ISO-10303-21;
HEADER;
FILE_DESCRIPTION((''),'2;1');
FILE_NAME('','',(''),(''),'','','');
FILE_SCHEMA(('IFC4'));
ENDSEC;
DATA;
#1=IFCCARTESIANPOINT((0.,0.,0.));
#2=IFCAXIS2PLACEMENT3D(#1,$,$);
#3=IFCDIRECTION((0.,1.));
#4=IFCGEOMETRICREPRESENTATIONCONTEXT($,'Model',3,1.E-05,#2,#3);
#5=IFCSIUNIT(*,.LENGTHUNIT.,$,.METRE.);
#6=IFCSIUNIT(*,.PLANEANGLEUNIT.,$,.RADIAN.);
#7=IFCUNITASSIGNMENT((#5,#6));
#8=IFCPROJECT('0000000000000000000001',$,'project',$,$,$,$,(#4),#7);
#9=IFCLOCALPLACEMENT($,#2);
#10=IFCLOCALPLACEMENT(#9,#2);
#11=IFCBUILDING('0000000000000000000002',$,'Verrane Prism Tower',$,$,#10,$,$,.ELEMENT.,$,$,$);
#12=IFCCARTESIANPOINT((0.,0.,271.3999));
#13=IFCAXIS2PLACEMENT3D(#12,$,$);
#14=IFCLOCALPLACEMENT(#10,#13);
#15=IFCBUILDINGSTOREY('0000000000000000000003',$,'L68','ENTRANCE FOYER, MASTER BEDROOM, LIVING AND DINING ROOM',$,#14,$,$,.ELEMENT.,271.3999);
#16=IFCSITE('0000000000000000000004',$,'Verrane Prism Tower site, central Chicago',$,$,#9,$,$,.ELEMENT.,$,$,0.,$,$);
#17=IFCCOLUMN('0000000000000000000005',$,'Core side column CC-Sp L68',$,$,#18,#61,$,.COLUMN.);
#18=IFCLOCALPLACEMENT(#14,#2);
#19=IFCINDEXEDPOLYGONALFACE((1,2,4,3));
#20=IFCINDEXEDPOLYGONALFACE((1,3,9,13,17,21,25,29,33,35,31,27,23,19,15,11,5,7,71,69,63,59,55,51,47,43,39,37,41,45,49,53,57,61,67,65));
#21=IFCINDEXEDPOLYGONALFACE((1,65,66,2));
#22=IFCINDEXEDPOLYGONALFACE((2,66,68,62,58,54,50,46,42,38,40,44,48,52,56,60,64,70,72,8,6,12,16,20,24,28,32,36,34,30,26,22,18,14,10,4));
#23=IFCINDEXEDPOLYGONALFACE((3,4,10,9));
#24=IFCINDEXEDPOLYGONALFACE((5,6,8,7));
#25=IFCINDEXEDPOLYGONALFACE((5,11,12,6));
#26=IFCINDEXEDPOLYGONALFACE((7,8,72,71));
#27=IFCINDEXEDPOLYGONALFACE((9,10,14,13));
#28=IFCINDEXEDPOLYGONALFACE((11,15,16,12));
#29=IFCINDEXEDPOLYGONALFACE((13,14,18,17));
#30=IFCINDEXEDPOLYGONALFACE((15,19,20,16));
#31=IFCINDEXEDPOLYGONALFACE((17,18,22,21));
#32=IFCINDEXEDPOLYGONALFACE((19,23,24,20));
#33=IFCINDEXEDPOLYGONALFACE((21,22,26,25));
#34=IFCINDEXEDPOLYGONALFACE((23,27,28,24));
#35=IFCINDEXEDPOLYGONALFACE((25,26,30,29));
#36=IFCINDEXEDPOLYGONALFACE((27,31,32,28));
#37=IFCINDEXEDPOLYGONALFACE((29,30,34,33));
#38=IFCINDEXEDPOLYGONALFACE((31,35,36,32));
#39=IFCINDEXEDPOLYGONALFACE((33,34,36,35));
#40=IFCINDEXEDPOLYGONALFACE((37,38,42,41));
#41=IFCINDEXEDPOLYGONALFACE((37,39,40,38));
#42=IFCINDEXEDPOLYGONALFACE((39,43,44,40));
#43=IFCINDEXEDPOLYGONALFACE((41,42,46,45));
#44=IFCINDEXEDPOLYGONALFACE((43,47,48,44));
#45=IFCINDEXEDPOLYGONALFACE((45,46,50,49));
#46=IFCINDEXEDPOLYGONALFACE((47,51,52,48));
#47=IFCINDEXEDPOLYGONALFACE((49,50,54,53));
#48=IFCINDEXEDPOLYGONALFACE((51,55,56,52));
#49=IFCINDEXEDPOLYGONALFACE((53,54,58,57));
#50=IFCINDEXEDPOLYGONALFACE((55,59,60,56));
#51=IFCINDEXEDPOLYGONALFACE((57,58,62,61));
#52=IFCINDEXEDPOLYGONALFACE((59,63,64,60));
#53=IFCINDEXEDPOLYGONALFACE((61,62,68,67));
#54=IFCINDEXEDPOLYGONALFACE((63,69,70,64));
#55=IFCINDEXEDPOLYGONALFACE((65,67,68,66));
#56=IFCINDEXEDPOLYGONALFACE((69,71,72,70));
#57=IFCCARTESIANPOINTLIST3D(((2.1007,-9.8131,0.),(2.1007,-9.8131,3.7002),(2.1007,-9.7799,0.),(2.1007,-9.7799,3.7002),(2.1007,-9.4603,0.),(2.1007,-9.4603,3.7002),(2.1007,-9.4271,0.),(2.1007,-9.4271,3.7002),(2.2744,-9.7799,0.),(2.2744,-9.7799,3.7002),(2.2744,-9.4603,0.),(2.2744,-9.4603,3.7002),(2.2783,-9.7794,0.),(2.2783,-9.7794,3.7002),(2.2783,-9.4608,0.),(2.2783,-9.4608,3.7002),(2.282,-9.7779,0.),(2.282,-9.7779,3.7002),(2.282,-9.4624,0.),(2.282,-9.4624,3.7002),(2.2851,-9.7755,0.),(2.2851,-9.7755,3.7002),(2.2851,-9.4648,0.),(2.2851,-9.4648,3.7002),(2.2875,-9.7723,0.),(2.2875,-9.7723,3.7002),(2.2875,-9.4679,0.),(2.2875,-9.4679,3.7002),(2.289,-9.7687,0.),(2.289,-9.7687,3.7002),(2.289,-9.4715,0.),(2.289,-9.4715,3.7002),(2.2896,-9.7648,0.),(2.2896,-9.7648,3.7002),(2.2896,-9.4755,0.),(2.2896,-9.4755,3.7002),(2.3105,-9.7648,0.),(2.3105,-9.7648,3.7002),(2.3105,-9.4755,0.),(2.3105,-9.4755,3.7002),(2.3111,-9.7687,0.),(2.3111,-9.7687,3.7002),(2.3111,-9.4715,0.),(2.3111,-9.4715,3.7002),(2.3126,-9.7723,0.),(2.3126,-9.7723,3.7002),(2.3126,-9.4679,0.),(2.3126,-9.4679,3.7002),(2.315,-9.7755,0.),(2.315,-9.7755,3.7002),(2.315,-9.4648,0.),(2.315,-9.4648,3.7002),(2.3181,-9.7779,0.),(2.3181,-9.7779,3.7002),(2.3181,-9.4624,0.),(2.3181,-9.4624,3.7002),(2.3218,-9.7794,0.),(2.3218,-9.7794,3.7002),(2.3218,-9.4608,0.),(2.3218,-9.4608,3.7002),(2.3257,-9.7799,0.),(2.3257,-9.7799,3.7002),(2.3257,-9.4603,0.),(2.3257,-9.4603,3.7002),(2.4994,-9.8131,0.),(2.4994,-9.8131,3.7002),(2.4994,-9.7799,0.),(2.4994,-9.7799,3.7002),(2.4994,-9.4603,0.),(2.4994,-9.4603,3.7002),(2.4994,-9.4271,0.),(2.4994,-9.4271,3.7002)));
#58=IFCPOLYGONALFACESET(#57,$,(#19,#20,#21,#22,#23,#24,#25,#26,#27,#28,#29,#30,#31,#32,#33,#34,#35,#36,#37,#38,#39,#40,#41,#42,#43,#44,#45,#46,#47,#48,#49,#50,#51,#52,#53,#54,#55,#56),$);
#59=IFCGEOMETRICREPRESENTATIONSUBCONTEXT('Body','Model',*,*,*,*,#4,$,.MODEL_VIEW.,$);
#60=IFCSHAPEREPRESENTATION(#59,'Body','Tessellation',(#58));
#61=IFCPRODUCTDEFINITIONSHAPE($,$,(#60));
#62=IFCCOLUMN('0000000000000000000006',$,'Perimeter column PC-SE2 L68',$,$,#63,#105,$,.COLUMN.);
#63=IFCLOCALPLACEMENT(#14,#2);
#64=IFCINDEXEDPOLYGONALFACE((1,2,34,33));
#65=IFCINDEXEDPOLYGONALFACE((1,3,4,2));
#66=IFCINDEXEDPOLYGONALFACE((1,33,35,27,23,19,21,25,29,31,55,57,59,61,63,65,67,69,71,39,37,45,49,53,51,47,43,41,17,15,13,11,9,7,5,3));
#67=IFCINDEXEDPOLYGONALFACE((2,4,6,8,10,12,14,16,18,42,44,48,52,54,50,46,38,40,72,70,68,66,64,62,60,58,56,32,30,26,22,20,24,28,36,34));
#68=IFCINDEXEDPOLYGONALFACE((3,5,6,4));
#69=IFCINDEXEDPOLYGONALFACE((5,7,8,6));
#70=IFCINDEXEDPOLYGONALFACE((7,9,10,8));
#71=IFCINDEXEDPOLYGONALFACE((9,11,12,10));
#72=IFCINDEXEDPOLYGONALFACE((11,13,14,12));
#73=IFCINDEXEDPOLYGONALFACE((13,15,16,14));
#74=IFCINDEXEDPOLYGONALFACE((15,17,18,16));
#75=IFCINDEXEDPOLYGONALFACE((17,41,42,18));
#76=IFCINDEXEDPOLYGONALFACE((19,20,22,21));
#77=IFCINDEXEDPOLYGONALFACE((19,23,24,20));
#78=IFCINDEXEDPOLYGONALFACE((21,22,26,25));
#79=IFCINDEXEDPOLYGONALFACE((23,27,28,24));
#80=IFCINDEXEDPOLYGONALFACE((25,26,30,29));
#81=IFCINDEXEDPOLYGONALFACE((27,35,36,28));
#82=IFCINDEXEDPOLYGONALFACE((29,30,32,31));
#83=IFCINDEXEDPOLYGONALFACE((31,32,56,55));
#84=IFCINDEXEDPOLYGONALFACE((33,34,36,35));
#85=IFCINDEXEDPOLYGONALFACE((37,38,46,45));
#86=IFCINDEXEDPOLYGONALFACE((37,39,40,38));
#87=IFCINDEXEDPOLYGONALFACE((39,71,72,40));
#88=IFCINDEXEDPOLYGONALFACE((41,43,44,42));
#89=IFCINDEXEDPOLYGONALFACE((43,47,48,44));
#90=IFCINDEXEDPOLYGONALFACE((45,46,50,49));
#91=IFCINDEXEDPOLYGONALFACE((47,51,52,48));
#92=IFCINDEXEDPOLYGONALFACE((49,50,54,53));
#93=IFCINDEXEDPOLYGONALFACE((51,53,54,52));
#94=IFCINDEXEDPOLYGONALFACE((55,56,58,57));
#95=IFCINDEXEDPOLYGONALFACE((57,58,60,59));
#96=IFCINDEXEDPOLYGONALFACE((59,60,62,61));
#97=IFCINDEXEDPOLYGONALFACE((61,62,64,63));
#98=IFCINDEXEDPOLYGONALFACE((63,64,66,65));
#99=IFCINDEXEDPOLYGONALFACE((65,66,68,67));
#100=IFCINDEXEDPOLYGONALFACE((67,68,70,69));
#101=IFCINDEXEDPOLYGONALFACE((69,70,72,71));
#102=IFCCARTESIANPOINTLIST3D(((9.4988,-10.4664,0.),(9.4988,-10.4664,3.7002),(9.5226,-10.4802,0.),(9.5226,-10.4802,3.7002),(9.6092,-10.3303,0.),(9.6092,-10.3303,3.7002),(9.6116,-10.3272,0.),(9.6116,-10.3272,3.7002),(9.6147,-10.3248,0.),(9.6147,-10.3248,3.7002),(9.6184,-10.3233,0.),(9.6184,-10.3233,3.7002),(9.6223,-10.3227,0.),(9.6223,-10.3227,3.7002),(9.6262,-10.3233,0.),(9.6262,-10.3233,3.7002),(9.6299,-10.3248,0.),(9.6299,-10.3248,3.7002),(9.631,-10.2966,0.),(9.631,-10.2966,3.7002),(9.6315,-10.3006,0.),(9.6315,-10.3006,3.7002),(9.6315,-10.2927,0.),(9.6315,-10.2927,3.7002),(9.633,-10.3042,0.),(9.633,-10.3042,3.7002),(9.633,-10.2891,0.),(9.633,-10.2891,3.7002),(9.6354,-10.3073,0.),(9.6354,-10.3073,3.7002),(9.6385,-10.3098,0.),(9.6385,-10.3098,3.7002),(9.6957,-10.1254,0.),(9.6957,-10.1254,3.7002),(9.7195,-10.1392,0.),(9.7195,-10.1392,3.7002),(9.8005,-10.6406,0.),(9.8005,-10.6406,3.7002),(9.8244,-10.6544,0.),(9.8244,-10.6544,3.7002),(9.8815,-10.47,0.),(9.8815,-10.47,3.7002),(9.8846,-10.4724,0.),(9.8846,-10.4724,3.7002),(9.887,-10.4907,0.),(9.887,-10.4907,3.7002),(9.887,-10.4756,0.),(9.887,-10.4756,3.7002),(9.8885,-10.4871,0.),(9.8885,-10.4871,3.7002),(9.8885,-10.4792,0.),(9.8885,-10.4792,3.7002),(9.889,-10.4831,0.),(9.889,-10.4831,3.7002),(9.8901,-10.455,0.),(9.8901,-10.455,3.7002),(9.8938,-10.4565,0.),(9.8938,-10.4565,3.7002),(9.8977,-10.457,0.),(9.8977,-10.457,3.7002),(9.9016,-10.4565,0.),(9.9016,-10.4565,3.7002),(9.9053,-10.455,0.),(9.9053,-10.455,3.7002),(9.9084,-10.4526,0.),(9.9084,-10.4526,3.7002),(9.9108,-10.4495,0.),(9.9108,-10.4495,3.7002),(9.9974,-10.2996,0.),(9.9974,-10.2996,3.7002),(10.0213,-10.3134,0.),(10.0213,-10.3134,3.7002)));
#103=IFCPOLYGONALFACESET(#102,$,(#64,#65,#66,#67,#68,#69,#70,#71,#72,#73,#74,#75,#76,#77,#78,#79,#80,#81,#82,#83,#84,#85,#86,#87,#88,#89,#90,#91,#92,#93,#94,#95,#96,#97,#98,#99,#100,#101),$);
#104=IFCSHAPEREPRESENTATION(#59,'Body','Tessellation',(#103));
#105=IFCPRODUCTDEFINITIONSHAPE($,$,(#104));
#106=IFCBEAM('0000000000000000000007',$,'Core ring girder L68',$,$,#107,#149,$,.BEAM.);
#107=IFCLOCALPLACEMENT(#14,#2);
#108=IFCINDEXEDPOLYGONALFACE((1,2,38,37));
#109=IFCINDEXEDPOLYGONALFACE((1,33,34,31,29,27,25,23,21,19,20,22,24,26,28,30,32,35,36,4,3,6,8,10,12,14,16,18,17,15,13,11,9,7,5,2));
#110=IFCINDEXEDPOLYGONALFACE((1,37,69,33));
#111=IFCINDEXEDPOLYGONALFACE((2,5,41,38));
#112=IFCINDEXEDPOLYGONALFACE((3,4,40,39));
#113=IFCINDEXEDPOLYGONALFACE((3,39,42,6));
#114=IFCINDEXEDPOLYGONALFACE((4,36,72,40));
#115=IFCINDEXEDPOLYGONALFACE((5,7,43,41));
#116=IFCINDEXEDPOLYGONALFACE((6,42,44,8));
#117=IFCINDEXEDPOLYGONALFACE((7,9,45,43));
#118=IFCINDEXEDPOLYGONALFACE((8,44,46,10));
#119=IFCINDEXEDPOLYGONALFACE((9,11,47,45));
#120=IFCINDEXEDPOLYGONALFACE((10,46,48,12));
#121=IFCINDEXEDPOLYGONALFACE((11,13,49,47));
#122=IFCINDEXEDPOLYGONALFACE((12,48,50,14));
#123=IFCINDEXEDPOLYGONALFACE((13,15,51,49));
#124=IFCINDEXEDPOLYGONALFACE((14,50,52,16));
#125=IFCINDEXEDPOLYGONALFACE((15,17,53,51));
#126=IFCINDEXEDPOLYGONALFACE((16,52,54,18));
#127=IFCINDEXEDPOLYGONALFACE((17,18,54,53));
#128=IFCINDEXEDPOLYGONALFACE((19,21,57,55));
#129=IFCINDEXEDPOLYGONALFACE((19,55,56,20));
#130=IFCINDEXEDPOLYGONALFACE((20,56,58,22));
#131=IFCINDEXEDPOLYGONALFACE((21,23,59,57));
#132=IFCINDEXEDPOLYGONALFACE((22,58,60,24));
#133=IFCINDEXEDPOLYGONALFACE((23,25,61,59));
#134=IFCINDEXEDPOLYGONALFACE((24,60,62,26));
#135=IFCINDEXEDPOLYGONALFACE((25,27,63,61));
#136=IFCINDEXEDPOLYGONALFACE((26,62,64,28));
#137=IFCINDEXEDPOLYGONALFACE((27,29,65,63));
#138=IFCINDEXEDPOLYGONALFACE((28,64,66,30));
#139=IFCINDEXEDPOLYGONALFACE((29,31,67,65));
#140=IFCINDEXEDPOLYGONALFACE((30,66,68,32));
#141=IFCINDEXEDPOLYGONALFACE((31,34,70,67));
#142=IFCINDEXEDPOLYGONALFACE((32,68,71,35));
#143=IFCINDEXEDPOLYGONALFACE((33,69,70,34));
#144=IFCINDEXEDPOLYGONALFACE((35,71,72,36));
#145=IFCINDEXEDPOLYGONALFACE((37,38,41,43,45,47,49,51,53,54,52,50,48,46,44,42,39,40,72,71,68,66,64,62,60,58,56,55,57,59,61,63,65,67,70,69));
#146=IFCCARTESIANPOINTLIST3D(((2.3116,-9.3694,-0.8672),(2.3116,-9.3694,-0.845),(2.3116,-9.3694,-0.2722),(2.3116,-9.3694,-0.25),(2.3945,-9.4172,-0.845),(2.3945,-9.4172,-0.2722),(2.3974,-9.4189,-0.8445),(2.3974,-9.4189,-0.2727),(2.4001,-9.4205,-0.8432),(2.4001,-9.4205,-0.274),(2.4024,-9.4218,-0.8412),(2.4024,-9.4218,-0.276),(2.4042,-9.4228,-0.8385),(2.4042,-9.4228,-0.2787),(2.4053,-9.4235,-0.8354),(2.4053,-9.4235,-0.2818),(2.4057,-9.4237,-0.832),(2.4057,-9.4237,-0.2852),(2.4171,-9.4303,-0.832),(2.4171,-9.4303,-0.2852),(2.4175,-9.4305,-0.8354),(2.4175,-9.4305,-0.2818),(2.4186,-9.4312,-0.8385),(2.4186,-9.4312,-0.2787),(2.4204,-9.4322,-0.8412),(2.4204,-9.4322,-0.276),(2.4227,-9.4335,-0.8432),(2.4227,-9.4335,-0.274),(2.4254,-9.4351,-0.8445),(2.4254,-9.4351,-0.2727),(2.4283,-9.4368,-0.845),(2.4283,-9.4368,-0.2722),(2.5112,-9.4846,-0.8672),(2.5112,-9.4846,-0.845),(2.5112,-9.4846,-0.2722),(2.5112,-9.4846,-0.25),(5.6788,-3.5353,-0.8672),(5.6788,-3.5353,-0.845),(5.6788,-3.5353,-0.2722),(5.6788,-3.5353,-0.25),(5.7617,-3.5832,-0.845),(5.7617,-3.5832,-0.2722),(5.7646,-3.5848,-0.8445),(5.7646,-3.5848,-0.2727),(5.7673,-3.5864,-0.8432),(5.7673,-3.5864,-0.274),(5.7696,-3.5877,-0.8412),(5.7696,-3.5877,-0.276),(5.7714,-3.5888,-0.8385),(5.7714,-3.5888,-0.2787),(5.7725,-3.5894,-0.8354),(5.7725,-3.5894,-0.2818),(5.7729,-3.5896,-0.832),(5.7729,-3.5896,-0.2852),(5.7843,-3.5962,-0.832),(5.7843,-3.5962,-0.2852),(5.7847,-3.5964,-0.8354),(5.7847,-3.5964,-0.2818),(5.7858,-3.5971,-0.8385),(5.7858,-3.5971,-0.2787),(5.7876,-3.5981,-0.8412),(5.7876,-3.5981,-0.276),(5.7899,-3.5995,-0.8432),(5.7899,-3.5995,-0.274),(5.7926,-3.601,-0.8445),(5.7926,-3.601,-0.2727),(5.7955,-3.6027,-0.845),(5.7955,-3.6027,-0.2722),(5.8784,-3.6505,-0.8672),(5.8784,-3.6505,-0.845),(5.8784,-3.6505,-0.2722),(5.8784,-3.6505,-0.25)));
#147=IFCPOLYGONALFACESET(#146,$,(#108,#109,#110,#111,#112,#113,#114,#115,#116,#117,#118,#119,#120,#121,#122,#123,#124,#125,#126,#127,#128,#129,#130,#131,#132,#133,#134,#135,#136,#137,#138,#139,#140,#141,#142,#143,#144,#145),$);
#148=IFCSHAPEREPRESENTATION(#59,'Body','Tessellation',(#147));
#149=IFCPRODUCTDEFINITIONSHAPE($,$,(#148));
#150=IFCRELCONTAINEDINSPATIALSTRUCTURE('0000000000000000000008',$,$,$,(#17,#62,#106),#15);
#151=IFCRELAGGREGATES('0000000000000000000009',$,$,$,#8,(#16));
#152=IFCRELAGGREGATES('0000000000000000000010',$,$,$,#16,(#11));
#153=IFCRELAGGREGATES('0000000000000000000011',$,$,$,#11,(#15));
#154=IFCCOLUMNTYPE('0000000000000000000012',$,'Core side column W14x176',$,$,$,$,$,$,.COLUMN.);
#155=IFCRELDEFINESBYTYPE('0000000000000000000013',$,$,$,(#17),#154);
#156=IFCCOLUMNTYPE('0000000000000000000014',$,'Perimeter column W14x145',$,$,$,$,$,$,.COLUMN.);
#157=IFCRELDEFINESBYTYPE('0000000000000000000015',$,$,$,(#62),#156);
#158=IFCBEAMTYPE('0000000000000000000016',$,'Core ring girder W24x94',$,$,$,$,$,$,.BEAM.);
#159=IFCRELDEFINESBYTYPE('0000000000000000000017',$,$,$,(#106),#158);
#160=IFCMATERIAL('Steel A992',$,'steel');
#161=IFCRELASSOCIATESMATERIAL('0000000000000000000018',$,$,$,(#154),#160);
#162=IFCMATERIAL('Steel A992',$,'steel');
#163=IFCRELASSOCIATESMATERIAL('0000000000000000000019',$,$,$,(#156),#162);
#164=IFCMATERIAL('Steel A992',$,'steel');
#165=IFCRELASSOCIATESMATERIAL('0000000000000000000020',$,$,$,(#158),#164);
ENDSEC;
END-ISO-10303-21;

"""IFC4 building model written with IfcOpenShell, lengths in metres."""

from ifc_helpers import new_model, si_unit, direction, frame, origin, origin_2d, place, context, subcontext, project, spatial, i_section, extrude, material, material_profile, profile_set, type_object, element, save


model = new_model("IFC4")

# Units and contexts
model_context = context("Model", 3, precision=1e-05, world=origin(), true_north=direction((0.0, 1.0)))
body_context = subcontext(model_context, "Body", "Model", "MODEL_VIEW")
ifc_project = project(units=[si_unit("LENGTHUNIT", "METRE"), si_unit("PLANEANGLEUNIT", "RADIAN")], contexts=[model_context])

# Site, building, storey
site_placement = place(None, origin())
site = spatial("IfcSite", under=ifc_project, at=site_placement, Name="Verrane Prism Tower site, central Chicago", CompositionType="ELEMENT", RefElevation=0.0)
building_placement = place(site_placement, origin())
building = spatial("IfcBuilding", under=site, at=building_placement, Name="Verrane Prism Tower", CompositionType="ELEMENT")
storey_placement = place(building_placement, frame((0.0, 0.0, 271.3999)))
storey = spatial("IfcBuildingStorey", under=building, at=storey_placement, Name="L68", Description="ENTRANCE FOYER, MASTER BEDROOM, LIVING AND DINING ROOM", CompositionType="ELEMENT", Elevation=271.3999)

# Columns
ifc_material_1 = material(Name="Steel A992", Category="steel")
ifc_material_profile_1 = material_profile(ifc_material_1, i_section(OverallWidth=0.3987, OverallDepth=0.386, WebThickness=0.021, FlangeThickness=0.0332, FilletRadius=0.0151, at=origin_2d()), Name="W14x176")
ifc_profile_set_1 = profile_set([ifc_material_profile_1], Name="Steel A992")
column_type_1 = type_object("IfcColumnType", Name="Core side column W14x176", PredefinedType="COLUMN", material=ifc_profile_set_1)
column_1_placement = place(storey_placement, frame((2.3, -9.6201, 0.0), z_axis=(0.0, 0.0, 1.0), x_axis=(1.0, 0.0, 0.0)))
element("IfcColumn", 1, at=column_1_placement, inside=storey, type_object=column_type_1, Name="Core side column CC-Sp L68", PredefinedType="COLUMN", context=body_context, shape_type="SweptSolid", body=[
    extrude(i_section(OverallWidth=0.3987, OverallDepth=0.386, WebThickness=0.021, FlangeThickness=0.0332, FilletRadius=0.0151, at=origin_2d()), origin(), (0.0, 0.0, 1.0), 3.7002),
])
ifc_material_2 = material(Name="Steel A992", Category="steel")
ifc_material_profile_2 = material_profile(ifc_material_2, i_section(OverallWidth=0.3938, OverallDepth=0.376, WebThickness=0.0173, FlangeThickness=0.0276, FilletRadius=0.0151, at=origin_2d()), Name="W14x145")
ifc_profile_set_2 = profile_set([ifc_material_profile_2], Name="Steel A992")
column_type_2 = type_object("IfcColumnType", Name="Perimeter column W14x145", PredefinedType="COLUMN", material=ifc_profile_set_2)
column_2_placement = place(storey_placement, frame((9.76, -10.3899, 0.0), z_axis=(0.0, 0.0, 1.0), x_axis=(-0.5, -0.866025, 0.0)))
element("IfcColumn", 2, at=column_2_placement, inside=storey, type_object=column_type_2, Name="Perimeter column PC-SE2 L68", PredefinedType="COLUMN", context=body_context, shape_type="SweptSolid", body=[
    extrude(i_section(OverallWidth=0.3938, OverallDepth=0.376, WebThickness=0.0173, FlangeThickness=0.0276, FilletRadius=0.0151, at=origin_2d()), origin(), (0.0, 0.0, 1.0), 3.7002),
])

# Beam
ifc_material_3 = material(Name="Steel A992", Category="steel")
ifc_material_profile_3 = material_profile(ifc_material_3, i_section(OverallWidth=0.2305, OverallDepth=0.6172, WebThickness=0.0132, FlangeThickness=0.0222, FilletRadius=0.0129, at=origin_2d()), Name="W24x94")
ifc_profile_set_3 = profile_set([ifc_material_profile_3], Name="Steel A992")
beam_type_1 = type_object("IfcBeamType", Name="Core ring girder W24x94", PredefinedType="BEAM", material=ifc_profile_set_3)
beam_1_placement = place(storey_placement, frame((2.4114, -9.427, -0.5586), z_axis=(0.499881, 0.866094, 0.0), x_axis=(-0.866094, 0.499881, 0.0)))
element("IfcBeam", 3, at=beam_1_placement, inside=storey, type_object=beam_type_1, Name="Core ring girder L68", PredefinedType="BEAM", context=body_context, shape_type="SweptSolid", body=[
    extrude(i_section(OverallWidth=0.2305, OverallDepth=0.6172, WebThickness=0.0132, FlangeThickness=0.0222, FilletRadius=0.0129, at=origin_2d()), origin(), (0.0, 0.0, 1.0), 6.7361),
])

save(model, "model.ifc")
